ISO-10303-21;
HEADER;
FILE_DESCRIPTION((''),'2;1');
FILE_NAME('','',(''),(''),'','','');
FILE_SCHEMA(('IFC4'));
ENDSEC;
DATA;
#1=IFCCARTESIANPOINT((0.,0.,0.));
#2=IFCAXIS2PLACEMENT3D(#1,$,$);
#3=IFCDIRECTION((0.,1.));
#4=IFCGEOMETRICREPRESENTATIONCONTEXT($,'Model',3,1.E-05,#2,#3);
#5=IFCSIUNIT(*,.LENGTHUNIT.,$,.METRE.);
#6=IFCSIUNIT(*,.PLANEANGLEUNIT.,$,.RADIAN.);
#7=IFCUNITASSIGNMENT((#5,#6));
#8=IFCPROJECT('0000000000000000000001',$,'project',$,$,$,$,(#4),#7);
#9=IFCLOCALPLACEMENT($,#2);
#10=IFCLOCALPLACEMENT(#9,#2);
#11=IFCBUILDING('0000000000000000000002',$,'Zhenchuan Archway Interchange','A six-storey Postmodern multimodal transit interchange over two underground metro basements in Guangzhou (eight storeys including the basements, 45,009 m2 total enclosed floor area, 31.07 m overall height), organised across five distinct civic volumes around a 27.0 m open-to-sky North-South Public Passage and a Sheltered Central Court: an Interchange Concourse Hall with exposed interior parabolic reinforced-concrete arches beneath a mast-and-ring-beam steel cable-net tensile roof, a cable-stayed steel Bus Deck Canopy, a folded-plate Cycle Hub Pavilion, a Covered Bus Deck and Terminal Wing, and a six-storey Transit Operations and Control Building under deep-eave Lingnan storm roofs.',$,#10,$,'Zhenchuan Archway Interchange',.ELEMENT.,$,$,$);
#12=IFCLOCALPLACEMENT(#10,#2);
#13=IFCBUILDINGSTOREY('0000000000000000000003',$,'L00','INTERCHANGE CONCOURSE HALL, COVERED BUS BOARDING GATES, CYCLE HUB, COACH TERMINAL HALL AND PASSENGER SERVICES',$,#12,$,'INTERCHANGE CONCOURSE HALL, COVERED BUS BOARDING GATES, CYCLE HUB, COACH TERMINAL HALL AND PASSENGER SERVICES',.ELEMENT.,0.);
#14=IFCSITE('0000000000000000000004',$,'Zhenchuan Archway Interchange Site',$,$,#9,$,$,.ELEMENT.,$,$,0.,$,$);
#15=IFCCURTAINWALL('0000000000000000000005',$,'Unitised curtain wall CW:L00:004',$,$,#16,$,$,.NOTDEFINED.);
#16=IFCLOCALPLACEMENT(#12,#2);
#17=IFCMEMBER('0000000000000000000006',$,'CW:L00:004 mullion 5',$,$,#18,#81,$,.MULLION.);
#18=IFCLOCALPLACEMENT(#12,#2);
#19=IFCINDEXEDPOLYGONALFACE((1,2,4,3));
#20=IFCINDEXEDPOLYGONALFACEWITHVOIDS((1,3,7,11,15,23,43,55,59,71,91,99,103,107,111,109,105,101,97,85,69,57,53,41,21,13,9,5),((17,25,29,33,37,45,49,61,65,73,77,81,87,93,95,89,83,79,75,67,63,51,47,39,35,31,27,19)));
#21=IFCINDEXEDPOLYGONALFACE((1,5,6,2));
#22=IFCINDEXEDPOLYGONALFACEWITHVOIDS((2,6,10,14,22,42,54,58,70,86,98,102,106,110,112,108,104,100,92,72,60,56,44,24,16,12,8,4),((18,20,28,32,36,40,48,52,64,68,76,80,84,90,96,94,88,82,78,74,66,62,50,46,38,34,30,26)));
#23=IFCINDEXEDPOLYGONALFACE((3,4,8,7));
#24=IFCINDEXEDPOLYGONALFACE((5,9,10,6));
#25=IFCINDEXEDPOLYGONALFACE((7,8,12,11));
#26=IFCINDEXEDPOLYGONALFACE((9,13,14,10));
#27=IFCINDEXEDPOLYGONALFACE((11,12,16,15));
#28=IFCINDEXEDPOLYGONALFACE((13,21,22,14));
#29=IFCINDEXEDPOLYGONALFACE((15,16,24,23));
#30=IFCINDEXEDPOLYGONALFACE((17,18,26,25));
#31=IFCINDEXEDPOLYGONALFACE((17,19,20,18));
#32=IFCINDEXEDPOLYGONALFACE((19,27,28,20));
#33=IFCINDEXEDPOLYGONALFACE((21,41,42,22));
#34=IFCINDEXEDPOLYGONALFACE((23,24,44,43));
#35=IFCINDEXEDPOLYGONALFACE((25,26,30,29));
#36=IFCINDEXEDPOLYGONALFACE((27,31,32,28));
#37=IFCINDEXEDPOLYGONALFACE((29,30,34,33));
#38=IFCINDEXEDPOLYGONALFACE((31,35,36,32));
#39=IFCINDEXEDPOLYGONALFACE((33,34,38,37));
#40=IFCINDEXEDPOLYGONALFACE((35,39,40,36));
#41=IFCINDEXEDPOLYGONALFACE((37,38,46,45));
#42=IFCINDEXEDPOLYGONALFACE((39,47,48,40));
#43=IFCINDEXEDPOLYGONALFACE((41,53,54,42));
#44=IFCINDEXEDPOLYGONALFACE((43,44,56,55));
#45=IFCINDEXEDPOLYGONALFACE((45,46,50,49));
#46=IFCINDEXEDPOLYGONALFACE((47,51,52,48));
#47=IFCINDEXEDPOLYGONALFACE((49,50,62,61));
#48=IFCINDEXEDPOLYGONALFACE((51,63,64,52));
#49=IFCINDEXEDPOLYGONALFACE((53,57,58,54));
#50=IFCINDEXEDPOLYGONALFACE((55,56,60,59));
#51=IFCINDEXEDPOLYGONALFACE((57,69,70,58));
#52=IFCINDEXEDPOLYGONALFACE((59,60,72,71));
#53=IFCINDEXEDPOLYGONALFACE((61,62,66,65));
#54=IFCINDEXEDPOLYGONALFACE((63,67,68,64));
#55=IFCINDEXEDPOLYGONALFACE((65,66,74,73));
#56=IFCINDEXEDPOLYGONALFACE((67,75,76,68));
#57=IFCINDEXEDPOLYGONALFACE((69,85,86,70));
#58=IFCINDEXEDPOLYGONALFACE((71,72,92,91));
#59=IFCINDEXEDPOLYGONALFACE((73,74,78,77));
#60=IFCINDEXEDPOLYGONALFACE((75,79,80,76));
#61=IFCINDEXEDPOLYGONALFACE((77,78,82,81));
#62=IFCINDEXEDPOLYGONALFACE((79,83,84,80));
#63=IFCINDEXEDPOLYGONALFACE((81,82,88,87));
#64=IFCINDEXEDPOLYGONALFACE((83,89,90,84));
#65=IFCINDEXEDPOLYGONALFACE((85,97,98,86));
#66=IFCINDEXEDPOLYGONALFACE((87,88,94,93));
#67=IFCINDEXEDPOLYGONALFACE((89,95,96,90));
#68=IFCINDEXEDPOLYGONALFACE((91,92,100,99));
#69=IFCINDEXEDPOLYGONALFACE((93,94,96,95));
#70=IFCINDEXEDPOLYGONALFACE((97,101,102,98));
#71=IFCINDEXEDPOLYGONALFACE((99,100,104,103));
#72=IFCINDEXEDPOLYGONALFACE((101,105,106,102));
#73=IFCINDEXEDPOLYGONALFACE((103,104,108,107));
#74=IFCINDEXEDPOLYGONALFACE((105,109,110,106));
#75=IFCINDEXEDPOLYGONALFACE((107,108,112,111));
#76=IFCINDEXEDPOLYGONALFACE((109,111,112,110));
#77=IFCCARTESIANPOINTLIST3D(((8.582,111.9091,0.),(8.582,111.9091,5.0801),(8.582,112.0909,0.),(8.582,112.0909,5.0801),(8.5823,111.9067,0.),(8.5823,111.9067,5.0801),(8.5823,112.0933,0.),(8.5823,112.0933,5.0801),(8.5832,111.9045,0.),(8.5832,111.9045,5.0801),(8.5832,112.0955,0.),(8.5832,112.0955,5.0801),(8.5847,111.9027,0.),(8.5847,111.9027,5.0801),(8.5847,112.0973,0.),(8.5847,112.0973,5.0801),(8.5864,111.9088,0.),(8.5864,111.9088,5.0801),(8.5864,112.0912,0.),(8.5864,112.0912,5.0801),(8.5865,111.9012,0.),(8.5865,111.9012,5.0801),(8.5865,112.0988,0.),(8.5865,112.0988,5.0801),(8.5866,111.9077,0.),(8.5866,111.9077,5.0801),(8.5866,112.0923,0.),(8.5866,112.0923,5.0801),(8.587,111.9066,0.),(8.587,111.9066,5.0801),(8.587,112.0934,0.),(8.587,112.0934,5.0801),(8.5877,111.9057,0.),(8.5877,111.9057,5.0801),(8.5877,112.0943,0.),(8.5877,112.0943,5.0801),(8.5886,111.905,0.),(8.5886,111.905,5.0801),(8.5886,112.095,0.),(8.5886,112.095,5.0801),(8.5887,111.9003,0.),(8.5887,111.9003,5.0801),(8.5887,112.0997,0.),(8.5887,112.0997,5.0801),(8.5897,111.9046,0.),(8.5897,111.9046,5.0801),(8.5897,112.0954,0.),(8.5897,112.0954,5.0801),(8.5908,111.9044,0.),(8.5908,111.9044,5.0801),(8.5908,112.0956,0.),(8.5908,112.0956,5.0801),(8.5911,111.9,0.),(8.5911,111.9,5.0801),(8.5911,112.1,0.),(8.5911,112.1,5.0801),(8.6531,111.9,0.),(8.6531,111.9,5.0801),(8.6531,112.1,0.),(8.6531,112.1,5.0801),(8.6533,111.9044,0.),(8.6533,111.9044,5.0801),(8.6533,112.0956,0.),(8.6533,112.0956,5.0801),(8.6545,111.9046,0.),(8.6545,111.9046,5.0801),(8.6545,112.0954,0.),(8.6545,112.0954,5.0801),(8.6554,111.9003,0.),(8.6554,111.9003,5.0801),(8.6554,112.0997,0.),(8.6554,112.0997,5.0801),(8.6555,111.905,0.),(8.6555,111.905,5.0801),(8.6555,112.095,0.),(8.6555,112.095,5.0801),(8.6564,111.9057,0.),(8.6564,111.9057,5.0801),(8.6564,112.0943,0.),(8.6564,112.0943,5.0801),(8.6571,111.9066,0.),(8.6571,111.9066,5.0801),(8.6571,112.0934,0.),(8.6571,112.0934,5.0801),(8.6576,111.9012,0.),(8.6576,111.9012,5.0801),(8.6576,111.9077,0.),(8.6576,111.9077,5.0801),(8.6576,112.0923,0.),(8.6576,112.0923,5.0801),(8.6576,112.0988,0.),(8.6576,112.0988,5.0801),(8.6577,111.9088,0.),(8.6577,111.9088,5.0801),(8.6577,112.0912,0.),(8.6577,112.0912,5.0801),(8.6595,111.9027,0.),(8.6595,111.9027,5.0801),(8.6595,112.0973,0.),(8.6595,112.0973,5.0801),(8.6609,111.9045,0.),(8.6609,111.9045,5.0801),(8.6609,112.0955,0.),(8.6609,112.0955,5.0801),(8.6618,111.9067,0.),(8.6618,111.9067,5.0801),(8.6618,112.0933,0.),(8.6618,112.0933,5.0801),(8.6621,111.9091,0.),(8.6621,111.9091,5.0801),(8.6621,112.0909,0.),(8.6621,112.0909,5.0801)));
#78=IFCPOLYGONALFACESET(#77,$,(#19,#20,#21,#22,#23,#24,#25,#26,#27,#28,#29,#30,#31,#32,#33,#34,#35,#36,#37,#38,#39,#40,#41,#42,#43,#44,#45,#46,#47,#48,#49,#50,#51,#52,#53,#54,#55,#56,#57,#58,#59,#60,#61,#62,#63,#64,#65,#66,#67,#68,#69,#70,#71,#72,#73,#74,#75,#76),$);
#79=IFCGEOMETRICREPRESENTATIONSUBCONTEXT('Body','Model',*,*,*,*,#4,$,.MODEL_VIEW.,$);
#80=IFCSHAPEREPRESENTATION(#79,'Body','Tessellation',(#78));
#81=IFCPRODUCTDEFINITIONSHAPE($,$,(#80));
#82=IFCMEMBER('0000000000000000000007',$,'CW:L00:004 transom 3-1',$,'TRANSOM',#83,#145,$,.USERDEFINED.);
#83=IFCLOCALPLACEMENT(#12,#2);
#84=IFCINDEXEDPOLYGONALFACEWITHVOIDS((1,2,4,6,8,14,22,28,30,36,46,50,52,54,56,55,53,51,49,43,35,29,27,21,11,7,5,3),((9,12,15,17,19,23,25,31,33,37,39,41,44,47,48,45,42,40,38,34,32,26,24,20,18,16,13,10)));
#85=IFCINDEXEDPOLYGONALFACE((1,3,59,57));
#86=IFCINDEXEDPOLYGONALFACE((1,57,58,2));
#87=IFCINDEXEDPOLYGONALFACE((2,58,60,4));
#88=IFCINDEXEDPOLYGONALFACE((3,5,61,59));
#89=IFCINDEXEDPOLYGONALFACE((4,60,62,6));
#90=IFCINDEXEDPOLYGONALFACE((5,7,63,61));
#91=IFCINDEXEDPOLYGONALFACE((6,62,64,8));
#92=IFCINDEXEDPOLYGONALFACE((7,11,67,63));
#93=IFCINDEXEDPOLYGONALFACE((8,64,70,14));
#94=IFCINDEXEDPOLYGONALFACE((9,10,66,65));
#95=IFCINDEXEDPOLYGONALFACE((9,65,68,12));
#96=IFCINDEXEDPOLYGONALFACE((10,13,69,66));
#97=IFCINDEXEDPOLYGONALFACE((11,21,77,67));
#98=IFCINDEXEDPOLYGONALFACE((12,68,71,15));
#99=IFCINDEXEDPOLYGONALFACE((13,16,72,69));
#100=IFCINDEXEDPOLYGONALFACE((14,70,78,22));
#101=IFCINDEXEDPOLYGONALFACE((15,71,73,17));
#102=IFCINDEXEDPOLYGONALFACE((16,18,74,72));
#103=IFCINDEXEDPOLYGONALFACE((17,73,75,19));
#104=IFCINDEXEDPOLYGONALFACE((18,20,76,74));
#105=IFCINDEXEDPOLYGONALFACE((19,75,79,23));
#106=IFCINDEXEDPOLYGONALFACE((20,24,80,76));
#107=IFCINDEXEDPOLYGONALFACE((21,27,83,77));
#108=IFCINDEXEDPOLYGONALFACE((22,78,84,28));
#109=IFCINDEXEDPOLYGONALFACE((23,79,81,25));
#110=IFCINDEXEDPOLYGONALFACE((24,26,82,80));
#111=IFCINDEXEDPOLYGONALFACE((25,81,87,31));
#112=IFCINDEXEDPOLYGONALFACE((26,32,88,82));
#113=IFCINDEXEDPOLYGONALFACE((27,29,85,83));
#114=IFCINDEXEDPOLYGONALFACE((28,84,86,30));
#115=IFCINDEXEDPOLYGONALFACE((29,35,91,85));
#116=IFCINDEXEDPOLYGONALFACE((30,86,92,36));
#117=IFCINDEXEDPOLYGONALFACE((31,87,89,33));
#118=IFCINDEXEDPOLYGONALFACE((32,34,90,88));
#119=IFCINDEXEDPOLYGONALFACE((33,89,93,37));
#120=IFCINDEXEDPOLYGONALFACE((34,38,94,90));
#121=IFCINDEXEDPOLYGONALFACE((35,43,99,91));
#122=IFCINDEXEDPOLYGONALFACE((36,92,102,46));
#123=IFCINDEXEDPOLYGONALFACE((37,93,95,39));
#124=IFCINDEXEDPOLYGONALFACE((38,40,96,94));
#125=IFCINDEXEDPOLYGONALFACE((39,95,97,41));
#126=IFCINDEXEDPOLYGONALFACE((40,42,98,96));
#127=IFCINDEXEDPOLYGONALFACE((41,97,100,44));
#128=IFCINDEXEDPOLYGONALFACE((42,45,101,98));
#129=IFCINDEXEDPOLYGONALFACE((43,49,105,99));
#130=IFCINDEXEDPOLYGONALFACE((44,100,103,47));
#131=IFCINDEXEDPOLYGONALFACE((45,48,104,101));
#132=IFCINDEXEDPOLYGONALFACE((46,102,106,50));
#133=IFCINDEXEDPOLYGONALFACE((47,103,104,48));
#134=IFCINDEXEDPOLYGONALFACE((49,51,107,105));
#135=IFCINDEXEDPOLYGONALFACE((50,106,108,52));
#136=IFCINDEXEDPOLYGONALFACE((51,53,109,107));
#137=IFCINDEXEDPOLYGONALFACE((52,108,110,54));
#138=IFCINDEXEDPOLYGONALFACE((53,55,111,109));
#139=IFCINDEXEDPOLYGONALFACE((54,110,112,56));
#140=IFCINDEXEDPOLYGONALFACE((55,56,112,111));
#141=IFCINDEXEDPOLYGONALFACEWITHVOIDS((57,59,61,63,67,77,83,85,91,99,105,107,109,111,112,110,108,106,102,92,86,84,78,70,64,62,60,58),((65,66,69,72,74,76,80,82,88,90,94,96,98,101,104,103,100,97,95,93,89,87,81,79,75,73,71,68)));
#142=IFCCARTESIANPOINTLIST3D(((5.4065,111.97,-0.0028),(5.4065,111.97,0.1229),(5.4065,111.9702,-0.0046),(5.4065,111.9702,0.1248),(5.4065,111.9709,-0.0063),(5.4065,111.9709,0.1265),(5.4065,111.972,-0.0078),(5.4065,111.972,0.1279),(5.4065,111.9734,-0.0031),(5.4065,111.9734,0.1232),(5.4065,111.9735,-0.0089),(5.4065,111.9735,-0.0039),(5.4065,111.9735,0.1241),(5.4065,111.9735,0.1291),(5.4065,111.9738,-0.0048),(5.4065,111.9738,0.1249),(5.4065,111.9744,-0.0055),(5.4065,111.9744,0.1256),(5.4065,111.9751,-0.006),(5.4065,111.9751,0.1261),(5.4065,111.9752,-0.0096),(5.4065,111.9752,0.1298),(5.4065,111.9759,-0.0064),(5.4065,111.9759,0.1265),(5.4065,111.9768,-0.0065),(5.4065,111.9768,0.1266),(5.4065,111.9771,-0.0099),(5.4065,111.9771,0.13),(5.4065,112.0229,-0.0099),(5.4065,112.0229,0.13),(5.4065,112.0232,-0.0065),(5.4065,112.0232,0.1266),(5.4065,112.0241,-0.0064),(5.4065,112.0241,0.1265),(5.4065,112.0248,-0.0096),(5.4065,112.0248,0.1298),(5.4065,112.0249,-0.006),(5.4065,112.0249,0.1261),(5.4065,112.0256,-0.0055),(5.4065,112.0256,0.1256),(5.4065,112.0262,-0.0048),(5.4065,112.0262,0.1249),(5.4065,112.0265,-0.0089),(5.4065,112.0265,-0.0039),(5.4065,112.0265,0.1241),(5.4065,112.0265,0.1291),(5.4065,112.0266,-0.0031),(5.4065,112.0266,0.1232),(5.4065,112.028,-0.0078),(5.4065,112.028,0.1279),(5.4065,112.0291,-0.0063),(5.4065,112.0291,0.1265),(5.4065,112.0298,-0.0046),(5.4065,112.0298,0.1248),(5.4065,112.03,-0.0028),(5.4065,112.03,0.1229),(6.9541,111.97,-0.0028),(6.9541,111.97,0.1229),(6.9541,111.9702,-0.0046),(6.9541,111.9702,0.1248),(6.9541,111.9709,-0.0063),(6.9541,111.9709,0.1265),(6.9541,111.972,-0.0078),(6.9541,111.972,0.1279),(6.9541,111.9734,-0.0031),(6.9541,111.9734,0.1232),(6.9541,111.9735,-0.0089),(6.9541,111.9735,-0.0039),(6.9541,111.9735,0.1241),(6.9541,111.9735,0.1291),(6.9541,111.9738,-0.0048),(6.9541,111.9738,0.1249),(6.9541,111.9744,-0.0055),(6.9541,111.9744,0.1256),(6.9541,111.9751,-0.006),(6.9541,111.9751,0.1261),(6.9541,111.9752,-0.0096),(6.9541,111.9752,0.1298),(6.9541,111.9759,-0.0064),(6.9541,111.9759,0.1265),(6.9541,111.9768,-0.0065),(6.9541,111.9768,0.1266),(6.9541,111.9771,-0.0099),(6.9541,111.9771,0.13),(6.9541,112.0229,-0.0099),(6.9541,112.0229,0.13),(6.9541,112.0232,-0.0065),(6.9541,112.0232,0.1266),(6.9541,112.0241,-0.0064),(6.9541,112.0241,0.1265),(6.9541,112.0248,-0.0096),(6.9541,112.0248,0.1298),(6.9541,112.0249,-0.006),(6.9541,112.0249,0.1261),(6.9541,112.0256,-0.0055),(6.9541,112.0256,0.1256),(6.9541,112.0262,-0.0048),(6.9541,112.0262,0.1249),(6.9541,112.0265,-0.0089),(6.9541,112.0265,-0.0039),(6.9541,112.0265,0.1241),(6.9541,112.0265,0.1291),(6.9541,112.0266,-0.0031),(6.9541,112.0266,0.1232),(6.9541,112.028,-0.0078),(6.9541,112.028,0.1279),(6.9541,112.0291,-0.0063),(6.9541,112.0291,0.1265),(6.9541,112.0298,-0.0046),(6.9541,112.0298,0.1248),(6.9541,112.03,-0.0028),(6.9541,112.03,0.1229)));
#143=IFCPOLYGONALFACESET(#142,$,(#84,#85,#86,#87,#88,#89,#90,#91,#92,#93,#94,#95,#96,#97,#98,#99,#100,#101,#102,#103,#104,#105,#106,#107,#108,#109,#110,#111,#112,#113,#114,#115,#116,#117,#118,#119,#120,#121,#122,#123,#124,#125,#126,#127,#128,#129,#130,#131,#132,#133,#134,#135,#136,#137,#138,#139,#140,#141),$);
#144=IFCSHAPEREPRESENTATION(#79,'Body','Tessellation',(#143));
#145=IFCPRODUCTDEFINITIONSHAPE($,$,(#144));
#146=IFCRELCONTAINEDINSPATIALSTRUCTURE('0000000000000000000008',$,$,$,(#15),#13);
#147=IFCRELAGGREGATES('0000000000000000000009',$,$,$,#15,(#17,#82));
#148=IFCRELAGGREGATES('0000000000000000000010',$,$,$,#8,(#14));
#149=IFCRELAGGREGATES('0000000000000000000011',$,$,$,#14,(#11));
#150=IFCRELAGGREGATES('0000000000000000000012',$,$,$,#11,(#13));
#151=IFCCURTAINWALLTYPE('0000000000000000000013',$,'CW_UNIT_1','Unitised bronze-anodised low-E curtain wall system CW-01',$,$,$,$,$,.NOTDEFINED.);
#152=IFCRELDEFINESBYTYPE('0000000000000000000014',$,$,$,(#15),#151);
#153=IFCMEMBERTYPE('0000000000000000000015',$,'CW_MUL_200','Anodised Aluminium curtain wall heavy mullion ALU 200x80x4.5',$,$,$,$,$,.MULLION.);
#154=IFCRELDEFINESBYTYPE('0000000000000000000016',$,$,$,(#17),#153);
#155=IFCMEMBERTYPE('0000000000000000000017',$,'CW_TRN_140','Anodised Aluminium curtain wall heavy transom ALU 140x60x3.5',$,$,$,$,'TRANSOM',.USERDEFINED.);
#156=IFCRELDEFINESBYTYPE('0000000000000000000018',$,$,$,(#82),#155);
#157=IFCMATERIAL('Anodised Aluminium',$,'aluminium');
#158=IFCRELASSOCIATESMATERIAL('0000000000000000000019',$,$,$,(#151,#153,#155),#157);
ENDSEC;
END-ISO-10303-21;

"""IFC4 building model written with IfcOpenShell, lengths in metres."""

from ifc_helpers import new_model, si_unit, direction, frame, origin, origin_2d, place, context, subcontext, project, spatial, hollow_rectangle, extrude, material, material_profile, profile_set, type_object, element, aggregate, save


model = new_model("IFC4")

# Units and contexts
model_context = context("Model", 3, precision=1e-05, world=origin(), true_north=direction((0.0, 1.0)))
body_context = subcontext(model_context, "Body", "Model", "MODEL_VIEW")
ifc_project = project(units=[si_unit("LENGTHUNIT", "METRE"), si_unit("PLANEANGLEUNIT", "RADIAN")], contexts=[model_context])

# Site, building, storey
site_placement = place(None, origin())
site = spatial("IfcSite", under=ifc_project, at=site_placement, Name="Zhenchuan Archway Interchange Site", CompositionType="ELEMENT", RefElevation=0.0)
building_placement = place(site_placement, origin())
building = spatial("IfcBuilding", under=site, at=building_placement, Name="Zhenchuan Archway Interchange", Description="A six-storey Postmodern multimodal transit interchange over two underground metro basements in Guangzhou (eight storeys including the basements, 45,009 m2 total enclosed floor area, 31.07 m overall height), organised across five distinct civic volumes around a 27.0 m open-to-sky North-South Public Passage and a Sheltered Central Court: an Interchange Concourse Hall with exposed interior parabolic reinforced-concrete arches beneath a mast-and-ring-beam steel cable-net tensile roof, a cable-stayed steel Bus Deck Canopy, a folded-plate Cycle Hub Pavilion, a Covered Bus Deck and Terminal Wing, and a six-storey Transit Operations and Control Building under deep-eave Lingnan storm roofs.", LongName="Zhenchuan Archway Interchange", CompositionType="ELEMENT")
storey_placement = place(building_placement, origin())
storey = spatial("IfcBuildingStorey", under=building, at=storey_placement, Name="L00", Description="INTERCHANGE CONCOURSE HALL, COVERED BUS BOARDING GATES, CYCLE HUB, COACH TERMINAL HALL AND PASSENGER SERVICES", LongName="INTERCHANGE CONCOURSE HALL, COVERED BUS BOARDING GATES, CYCLE HUB, COACH TERMINAL HALL AND PASSENGER SERVICES", CompositionType="ELEMENT", Elevation=0.0)

# Curtain wall, members
ifc_material_1 = material(Name="Anodised Aluminium", Category="aluminium")
curtain_wall_type = type_object("IfcCurtainWallType", Name="CW_UNIT_1", Description="Unitised bronze-anodised low-E curtain wall system CW-01", PredefinedType="NOTDEFINED", material=ifc_material_1)
curtain_wall_placement = place(storey_placement, origin())
curtain_wall = element("IfcCurtainWall", 1, at=curtain_wall_placement, inside=storey, type_object=curtain_wall_type, Name="Unitised curtain wall CW:L00:004", PredefinedType="NOTDEFINED")
ifc_material_profile_1 = material_profile(ifc_material_1, hollow_rectangle(XDim=0.0801, YDim=0.2, WallThickness=0.0044, InnerFilletRadius=0.0044, OuterFilletRadius=0.009, at=origin_2d()), Name="ALU 200x80x4.5")
ifc_profile_set_1 = profile_set([ifc_material_profile_1], Name="Anodised Aluminium")
member_type_1 = type_object("IfcMemberType", Name="CW_MUL_200", Description="Anodised Aluminium curtain wall heavy mullion ALU 200x80x4.5", PredefinedType="MULLION", material=ifc_profile_set_1)
member_1_placement = place(storey_placement, frame((8.6221, 112.0, 0.0), z_axis=(0.0, 0.0, 1.0), x_axis=(1.0, 0.0, 0.0)))
member_1 = element("IfcMember", 2, at=member_1_placement, type_object=member_type_1, Name="CW:L00:004 mullion 5", PredefinedType="MULLION", context=body_context, shape_type="SweptSolid", body=[
    extrude(hollow_rectangle(XDim=0.0801, YDim=0.2, WallThickness=0.0044, InnerFilletRadius=0.0044, OuterFilletRadius=0.009, at=origin_2d()), origin(), (0.0, 0.0, 1.0), 5.0801),
])
ifc_material_profile_2 = material_profile(ifc_material_1, hollow_rectangle(XDim=0.0601, YDim=0.1399, WallThickness=0.0034, InnerFilletRadius=0.0034, OuterFilletRadius=0.0071, at=origin_2d()), Name="ALU 140x60x3.5")
ifc_profile_set_2 = profile_set([ifc_material_profile_2], Name="Anodised Aluminium")
member_type_2 = type_object("IfcMemberType", Name="CW_TRN_140", Description="Anodised Aluminium curtain wall heavy transom ALU 140x60x3.5", ElementType="TRANSOM", PredefinedType="USERDEFINED", material=ifc_profile_set_2)
member_2_placement = place(storey_placement, frame((5.4065, 112.0, 0.0601), z_axis=(1.0, 0.0, 0.0), x_axis=(0.0, 1.0, 0.0)))
member_2 = element("IfcMember", 3, at=member_2_placement, type_object=member_type_2, Name="CW:L00:004 transom 3-1", ObjectType="TRANSOM", PredefinedType="USERDEFINED", context=body_context, shape_type="SweptSolid", body=[
    extrude(hollow_rectangle(XDim=0.0601, YDim=0.1399, WallThickness=0.0034, InnerFilletRadius=0.0034, OuterFilletRadius=0.0071, at=origin_2d()), origin(), (0.0, 0.0, 1.0), 1.5476),
])

aggregate(curtain_wall, [member_1, member_2])

save(model, "model.ifc")
